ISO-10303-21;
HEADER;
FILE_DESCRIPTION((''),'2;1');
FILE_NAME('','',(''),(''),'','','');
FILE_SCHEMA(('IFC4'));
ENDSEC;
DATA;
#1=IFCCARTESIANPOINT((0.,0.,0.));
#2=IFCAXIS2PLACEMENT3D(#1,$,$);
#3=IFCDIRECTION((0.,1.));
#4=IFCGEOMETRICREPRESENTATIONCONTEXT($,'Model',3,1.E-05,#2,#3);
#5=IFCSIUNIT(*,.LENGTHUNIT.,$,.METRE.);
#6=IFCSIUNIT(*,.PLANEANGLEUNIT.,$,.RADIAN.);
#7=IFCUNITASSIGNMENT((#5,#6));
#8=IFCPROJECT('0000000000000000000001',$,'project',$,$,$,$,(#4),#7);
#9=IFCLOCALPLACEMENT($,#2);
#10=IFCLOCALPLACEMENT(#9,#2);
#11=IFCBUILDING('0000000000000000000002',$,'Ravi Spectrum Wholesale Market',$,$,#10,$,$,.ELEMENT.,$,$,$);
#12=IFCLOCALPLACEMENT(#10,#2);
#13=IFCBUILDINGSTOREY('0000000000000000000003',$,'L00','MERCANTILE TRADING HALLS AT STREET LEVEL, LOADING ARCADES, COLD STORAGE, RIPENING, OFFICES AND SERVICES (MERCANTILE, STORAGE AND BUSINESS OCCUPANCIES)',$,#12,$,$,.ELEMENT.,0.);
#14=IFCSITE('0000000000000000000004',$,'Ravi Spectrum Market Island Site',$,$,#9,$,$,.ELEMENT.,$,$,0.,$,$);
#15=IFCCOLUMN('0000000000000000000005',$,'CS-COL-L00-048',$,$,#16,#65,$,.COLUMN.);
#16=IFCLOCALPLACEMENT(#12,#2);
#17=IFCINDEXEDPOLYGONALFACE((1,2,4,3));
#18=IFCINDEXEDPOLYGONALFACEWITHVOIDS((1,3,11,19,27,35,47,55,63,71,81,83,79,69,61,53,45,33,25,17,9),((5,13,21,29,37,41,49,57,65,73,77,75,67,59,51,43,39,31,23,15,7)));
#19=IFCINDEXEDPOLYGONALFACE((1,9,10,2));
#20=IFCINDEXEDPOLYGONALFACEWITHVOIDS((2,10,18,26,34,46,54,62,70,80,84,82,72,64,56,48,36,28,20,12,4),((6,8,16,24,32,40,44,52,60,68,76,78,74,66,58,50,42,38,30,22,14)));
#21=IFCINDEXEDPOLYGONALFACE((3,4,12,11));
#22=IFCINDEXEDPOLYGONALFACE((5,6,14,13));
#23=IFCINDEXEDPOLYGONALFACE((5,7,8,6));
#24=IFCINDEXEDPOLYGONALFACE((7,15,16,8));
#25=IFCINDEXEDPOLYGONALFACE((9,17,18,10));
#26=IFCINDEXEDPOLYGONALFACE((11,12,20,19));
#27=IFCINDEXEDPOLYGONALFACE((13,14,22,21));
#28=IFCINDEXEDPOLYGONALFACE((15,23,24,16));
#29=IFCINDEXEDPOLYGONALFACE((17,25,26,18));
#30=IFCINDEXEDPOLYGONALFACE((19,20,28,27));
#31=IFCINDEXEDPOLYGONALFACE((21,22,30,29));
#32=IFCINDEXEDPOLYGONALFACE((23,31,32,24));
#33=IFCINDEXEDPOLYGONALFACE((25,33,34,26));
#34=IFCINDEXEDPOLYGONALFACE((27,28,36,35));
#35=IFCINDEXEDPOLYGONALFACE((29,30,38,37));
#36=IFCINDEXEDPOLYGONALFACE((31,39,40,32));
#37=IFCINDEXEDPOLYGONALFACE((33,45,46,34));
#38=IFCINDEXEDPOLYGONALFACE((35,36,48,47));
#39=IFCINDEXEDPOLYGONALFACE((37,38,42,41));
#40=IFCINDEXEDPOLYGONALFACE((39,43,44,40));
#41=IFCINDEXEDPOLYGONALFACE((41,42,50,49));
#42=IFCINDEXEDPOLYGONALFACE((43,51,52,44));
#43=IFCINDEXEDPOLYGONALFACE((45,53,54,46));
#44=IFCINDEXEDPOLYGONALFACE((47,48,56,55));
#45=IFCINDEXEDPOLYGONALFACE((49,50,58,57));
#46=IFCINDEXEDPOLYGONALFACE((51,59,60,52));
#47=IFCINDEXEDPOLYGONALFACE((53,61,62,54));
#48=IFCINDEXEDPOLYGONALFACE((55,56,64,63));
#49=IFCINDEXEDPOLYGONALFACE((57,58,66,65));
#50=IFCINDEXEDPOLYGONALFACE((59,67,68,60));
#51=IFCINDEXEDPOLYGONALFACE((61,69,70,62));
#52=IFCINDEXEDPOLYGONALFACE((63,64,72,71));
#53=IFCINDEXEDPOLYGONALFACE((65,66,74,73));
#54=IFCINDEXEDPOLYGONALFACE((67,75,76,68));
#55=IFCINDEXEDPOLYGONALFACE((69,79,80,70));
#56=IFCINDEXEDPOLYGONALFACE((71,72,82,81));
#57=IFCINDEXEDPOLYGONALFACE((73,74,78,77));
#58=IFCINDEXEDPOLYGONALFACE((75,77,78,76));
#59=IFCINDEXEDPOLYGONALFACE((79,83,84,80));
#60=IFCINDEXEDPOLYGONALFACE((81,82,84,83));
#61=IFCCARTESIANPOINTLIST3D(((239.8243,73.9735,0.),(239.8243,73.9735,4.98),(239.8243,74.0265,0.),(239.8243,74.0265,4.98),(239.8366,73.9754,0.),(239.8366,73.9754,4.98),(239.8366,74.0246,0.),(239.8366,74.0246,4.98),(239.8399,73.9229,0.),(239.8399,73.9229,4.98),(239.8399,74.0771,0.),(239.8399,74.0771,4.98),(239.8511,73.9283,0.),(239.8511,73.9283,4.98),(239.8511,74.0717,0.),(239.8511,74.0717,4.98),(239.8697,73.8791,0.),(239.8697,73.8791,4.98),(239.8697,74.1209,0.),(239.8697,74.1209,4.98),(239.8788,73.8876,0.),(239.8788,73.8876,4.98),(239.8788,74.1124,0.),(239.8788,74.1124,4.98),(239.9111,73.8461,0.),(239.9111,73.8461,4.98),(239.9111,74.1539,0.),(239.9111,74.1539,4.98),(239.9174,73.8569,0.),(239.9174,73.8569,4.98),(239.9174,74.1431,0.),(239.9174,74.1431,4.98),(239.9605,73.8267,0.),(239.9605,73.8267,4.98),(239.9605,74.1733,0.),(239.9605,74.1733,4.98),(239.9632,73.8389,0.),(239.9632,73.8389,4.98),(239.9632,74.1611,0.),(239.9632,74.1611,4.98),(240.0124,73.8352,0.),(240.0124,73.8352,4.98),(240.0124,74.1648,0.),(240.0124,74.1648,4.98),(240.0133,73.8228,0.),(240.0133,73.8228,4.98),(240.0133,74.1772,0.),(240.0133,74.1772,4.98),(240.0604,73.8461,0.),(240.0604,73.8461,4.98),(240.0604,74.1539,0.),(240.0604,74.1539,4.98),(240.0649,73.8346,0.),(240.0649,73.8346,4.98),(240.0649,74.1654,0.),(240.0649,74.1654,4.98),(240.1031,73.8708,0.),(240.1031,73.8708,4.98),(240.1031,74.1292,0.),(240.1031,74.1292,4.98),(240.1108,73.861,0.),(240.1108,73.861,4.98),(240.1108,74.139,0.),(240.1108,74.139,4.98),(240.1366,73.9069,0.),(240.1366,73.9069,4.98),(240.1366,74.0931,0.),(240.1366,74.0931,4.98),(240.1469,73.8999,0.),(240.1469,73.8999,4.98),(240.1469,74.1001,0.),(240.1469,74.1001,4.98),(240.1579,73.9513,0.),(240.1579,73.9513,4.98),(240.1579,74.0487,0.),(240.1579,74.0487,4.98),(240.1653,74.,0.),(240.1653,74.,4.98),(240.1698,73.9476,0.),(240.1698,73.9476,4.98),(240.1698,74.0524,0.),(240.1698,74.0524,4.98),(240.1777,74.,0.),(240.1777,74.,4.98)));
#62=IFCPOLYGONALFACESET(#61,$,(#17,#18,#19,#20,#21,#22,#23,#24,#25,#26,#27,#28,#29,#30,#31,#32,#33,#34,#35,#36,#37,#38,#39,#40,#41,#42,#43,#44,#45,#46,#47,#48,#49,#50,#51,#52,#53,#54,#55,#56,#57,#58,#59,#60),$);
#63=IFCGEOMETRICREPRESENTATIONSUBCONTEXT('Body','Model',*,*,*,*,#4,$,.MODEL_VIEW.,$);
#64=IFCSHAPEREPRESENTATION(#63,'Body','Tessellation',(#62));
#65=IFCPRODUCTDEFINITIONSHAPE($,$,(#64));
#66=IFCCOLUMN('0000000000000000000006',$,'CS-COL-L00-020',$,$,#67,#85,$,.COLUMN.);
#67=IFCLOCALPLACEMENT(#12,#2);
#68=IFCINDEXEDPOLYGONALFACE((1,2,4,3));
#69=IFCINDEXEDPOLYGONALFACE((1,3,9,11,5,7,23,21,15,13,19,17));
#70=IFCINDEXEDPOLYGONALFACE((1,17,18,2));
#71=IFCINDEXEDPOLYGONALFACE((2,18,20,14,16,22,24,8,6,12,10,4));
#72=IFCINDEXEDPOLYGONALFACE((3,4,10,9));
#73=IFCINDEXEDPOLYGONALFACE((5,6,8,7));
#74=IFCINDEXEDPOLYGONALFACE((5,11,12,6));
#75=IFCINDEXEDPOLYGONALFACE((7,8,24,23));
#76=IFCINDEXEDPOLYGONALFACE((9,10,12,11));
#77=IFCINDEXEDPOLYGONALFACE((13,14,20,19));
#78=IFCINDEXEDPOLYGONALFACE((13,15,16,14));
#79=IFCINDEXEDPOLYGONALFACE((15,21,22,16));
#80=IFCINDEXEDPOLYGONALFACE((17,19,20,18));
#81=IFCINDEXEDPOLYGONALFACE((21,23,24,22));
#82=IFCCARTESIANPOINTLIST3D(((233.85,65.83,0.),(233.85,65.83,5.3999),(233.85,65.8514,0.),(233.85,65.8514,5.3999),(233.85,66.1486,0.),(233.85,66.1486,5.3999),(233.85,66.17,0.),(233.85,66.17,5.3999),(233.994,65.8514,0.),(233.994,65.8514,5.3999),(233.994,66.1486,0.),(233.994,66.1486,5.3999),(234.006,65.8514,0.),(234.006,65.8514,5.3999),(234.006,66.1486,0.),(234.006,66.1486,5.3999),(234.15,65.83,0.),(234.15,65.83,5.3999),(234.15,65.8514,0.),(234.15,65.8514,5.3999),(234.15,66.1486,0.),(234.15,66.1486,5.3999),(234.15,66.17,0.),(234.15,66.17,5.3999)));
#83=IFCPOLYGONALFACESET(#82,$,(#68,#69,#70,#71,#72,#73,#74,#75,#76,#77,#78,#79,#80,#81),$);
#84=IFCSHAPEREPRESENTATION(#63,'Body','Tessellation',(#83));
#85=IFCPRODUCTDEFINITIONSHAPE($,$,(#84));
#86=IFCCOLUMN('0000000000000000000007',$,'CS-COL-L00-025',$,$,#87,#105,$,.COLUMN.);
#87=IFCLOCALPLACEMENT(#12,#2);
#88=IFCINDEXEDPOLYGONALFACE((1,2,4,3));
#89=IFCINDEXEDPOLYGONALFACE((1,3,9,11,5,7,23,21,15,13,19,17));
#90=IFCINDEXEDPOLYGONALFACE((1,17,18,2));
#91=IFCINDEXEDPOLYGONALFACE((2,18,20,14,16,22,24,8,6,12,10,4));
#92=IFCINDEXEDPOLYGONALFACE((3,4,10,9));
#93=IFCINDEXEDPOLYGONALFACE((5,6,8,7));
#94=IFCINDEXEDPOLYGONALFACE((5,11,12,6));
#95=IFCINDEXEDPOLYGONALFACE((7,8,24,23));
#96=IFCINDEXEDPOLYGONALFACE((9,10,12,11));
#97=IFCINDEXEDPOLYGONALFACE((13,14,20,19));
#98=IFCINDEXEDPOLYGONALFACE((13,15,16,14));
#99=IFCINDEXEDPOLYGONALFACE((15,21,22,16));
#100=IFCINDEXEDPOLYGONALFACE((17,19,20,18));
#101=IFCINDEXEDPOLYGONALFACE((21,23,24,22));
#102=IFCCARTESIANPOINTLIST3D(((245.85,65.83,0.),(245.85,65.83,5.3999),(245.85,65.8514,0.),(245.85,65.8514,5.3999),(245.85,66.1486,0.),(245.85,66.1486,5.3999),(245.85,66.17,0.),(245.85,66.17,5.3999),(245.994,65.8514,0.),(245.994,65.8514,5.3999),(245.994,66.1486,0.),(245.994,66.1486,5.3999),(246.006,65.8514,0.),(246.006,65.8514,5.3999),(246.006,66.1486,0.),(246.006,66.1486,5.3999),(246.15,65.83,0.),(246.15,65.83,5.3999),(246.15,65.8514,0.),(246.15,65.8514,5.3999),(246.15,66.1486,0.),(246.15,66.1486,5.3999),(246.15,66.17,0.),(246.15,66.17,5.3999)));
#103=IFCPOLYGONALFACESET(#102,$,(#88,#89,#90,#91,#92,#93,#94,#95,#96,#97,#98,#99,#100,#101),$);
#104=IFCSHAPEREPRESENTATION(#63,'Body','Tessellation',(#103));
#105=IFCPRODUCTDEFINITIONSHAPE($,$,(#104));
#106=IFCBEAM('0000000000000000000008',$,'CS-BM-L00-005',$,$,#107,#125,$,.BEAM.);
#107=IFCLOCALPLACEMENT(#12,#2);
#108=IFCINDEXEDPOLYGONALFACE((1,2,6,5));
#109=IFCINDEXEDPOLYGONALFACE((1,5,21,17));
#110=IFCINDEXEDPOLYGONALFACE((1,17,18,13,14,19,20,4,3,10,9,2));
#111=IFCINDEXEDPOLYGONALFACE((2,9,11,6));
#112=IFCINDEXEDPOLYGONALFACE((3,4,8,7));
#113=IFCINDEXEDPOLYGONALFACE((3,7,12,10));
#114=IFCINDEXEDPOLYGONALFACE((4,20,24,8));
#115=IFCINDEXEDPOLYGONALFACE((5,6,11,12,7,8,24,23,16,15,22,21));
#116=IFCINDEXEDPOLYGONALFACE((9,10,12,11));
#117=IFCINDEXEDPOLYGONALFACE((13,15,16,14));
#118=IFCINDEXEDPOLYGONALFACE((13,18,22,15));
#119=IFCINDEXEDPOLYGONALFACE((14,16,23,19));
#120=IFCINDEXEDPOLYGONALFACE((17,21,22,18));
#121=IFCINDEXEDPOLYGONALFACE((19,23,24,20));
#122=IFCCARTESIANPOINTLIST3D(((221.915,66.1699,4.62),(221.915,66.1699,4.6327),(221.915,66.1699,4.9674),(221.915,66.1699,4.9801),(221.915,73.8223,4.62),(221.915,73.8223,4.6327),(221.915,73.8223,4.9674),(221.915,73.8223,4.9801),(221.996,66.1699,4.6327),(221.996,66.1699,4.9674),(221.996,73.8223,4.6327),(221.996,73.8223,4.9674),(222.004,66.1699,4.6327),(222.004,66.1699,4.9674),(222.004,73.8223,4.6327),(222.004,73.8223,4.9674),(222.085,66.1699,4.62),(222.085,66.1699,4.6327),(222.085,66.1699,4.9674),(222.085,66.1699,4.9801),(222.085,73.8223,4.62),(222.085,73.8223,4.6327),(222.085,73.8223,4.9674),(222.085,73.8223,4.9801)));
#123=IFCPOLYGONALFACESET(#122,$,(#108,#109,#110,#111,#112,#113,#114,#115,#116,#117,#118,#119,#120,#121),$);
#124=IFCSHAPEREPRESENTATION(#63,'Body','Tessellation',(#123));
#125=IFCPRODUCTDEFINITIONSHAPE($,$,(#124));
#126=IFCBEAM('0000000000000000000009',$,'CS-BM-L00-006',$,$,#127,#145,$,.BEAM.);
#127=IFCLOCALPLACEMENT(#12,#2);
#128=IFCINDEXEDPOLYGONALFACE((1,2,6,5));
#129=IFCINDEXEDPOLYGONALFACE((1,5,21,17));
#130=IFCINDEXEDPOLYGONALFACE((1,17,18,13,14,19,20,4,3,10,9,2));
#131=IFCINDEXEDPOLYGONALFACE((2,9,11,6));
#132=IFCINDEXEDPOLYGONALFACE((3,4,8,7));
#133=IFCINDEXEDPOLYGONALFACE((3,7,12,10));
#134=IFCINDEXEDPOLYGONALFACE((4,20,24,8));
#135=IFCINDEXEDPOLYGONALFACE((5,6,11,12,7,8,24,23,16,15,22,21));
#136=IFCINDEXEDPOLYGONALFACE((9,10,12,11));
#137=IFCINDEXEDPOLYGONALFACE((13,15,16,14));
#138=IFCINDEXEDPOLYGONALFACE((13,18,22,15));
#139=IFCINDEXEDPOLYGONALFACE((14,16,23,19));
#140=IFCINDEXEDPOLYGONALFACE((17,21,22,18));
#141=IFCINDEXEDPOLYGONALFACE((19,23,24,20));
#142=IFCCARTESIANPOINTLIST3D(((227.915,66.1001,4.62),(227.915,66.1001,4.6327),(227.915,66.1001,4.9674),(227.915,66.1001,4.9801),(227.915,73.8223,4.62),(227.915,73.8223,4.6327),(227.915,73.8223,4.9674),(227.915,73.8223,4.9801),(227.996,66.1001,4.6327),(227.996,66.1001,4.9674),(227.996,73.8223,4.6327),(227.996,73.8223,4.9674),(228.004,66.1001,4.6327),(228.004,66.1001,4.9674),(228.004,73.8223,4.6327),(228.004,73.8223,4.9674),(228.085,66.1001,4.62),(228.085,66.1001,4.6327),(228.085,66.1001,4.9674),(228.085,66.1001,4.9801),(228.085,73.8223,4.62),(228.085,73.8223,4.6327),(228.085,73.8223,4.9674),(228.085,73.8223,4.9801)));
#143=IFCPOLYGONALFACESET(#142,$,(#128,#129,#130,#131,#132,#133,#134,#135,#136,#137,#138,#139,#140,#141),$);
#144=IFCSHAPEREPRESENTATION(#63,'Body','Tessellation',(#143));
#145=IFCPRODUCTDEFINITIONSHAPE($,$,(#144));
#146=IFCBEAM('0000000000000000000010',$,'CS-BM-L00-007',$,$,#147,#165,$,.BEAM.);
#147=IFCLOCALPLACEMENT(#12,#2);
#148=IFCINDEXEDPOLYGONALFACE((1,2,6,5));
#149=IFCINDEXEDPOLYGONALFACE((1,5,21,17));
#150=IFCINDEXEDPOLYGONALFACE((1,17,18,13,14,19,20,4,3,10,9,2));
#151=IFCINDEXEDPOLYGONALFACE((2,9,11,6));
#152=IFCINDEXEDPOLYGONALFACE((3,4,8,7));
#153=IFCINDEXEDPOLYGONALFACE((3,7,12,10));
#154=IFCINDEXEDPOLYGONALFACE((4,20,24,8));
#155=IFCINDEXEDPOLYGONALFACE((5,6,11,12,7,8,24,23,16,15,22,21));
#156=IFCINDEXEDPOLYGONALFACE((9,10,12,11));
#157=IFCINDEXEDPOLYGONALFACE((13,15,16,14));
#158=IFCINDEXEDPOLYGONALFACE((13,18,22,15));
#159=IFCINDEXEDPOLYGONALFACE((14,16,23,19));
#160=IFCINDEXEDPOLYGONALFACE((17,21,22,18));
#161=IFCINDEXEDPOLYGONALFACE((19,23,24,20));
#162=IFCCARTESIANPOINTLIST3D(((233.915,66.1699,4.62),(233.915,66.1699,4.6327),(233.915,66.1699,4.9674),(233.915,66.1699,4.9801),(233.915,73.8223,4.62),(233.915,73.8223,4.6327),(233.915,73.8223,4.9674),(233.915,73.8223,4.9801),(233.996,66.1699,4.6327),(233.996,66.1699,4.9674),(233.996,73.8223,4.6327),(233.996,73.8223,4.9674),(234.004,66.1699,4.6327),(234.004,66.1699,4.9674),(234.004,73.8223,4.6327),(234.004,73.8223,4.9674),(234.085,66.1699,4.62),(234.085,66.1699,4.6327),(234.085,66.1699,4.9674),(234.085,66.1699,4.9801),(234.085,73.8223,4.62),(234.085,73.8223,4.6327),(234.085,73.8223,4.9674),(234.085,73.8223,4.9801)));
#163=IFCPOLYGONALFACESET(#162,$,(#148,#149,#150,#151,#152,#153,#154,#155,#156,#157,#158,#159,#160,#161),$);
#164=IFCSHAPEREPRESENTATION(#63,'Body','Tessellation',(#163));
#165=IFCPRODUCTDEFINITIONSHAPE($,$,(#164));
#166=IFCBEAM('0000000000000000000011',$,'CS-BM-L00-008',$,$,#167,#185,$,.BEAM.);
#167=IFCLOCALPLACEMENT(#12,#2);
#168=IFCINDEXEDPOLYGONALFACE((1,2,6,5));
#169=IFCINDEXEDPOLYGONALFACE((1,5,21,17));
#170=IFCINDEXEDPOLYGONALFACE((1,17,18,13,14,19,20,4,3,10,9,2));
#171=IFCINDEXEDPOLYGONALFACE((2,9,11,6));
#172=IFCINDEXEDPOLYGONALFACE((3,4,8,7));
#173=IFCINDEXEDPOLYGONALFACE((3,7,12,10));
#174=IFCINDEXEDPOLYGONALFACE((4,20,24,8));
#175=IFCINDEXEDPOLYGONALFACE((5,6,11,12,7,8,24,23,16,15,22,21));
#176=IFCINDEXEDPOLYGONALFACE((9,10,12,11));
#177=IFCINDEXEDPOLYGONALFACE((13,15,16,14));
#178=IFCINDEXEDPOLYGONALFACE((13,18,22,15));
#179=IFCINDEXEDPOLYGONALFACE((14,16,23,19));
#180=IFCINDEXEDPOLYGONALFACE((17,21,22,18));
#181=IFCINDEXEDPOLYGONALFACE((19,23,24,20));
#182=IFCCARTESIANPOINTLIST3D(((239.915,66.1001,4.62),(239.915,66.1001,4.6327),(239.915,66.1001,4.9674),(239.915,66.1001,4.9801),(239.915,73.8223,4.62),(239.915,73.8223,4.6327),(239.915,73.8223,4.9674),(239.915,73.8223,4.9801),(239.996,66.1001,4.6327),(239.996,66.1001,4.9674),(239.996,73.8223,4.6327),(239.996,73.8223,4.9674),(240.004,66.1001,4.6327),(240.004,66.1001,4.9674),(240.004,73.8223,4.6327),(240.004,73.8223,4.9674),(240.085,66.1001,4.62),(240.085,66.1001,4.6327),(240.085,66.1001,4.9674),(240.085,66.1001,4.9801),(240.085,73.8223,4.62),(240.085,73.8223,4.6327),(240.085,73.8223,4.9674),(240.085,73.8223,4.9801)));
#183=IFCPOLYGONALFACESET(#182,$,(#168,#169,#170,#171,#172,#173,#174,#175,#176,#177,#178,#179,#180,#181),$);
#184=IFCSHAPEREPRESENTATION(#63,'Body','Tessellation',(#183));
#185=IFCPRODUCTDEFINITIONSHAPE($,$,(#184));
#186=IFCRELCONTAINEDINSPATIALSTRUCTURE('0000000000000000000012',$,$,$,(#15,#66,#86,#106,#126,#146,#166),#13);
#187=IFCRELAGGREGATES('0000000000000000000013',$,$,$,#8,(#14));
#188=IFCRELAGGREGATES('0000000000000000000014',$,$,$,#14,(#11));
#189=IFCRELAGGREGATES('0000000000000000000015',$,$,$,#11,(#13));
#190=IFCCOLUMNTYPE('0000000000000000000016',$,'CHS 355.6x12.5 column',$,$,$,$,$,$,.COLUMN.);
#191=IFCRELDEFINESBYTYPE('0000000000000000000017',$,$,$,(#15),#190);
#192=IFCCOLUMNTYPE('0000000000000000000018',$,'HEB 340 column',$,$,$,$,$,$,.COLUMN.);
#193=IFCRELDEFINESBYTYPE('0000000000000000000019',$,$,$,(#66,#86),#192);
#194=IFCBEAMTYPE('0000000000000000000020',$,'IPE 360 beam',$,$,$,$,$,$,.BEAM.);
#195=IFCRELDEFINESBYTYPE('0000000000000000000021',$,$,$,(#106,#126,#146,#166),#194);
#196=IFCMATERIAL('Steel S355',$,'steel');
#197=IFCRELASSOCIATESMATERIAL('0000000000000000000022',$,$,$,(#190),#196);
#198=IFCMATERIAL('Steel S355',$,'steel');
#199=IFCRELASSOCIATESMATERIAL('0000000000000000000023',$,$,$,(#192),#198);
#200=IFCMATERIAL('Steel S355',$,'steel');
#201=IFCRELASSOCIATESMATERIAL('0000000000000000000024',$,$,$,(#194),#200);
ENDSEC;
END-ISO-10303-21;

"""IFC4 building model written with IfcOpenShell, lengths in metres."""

from ifc_helpers import new_model, si_unit, direction, frame, origin, origin_2d, place, context, subcontext, project, spatial, hollow_circle, i_section, extrude, material, material_profile, profile_set, type_object, element, save


model = new_model("IFC4")

# Units and contexts
model_context = context("Model", 3, precision=1e-05, world=origin(), true_north=direction((0.0, 1.0)))
body_context = subcontext(model_context, "Body", "Model", "MODEL_VIEW")
ifc_project = project(units=[si_unit("LENGTHUNIT", "METRE"), si_unit("PLANEANGLEUNIT", "RADIAN")], contexts=[model_context])

# Site, building, storey
site_placement = place(None, origin())
site = spatial("IfcSite", under=ifc_project, at=site_placement, Name="Ravi Spectrum Market Island Site", CompositionType="ELEMENT", RefElevation=0.0)
building_placement = place(site_placement, origin())
building = spatial("IfcBuilding", under=site, at=building_placement, Name="Ravi Spectrum Wholesale Market", CompositionType="ELEMENT")
storey_placement = place(building_placement, origin())
storey = spatial("IfcBuildingStorey", under=building, at=storey_placement, Name="L00", Description="MERCANTILE TRADING HALLS AT STREET LEVEL, LOADING ARCADES, COLD STORAGE, RIPENING, OFFICES AND SERVICES (MERCANTILE, STORAGE AND BUSINESS OCCUPANCIES)", CompositionType="ELEMENT", Elevation=0.0)

# Columns
ifc_material_1 = material(Name="Steel S355", Category="steel")
ifc_material_profile_1 = material_profile(ifc_material_1, hollow_circle(Radius=0.1777, WallThickness=0.0125, at=origin_2d()))
ifc_profile_set_1 = profile_set([ifc_material_profile_1], Name="Steel S355")
column_type_1 = type_object("IfcColumnType", Name="CHS 355.6x12.5 column", PredefinedType="COLUMN", material=ifc_profile_set_1)
for number, where, z_axis, x_axis, name in (
    (1, (240.0, 74.0, 0.0), (0.0, 0.0, 1.0), (1.0, 0.0, 0.0), "CS-COL-L00-048"),
):
    element("IfcColumn", number, at=place(storey_placement, frame(where, z_axis=z_axis, x_axis=x_axis)), inside=storey, type_object=column_type_1, Name=name, PredefinedType="COLUMN", context=body_context, shape_type="SweptSolid", body=[
        extrude(hollow_circle(Radius=0.1777, WallThickness=0.0125, at=origin_2d()), origin(), (0.0, 0.0, 1.0), 4.98),
    ])
ifc_material_2 = material(Name="Steel S355", Category="steel")
ifc_material_profile_2 = material_profile(ifc_material_2, i_section(OverallWidth=0.3, OverallDepth=0.3401, WebThickness=0.012, FlangeThickness=0.0215, at=origin_2d()))
ifc_profile_set_2 = profile_set([ifc_material_profile_2], Name="Steel S355")
column_type_2 = type_object("IfcColumnType", Name="HEB 340 column", PredefinedType="COLUMN", material=ifc_profile_set_2)
for number, where, z_axis, x_axis, name in (
    (2, (234.0, 66.0, 0.0), (0.0, 0.0, 1.0), (1.0, 0.0, 0.0), "CS-COL-L00-020"),
    (3, (246.0, 66.0, 0.0), (0.0, 0.0, 1.0), (1.0, 0.0, 0.0), "CS-COL-L00-025"),
):
    element("IfcColumn", number, at=place(storey_placement, frame(where, z_axis=z_axis, x_axis=x_axis)), inside=storey, type_object=column_type_2, Name=name, PredefinedType="COLUMN", context=body_context, shape_type="SweptSolid", body=[
        extrude(i_section(OverallWidth=0.3, OverallDepth=0.3401, WebThickness=0.012, FlangeThickness=0.0215, at=origin_2d()), origin(), (0.0, 0.0, 1.0), 5.3999),
    ])

# Beams
ifc_material_3 = material(Name="Steel S355", Category="steel")
ifc_material_profile_3 = material_profile(ifc_material_3, i_section(OverallWidth=0.1699, OverallDepth=0.3601, WebThickness=0.0081, FlangeThickness=0.0127, at=origin_2d()))
ifc_profile_set_3 = profile_set([ifc_material_profile_3], Name="Steel S355")
beam_type = type_object("IfcBeamType", Name="IPE 360 beam", PredefinedType="BEAM", material=ifc_profile_set_3)
beam_1_placement = place(storey_placement, frame((222.0, 66.1699, 4.8), z_axis=(0.0, 1.0, 0.0), x_axis=(-1.0, 0.0, 0.0)))
element("IfcBeam", 4, at=beam_1_placement, inside=storey, type_object=beam_type, Name="CS-BM-L00-005", PredefinedType="BEAM", context=body_context, shape_type="SweptSolid", body=[
    extrude(i_section(OverallWidth=0.1699, OverallDepth=0.3601, WebThickness=0.0081, FlangeThickness=0.0127, at=origin_2d()), origin(), (0.0, 0.0, 1.0), 7.6523),
])
beam_2_placement = place(storey_placement, frame((228.0, 66.1001, 4.8), z_axis=(0.0, 1.0, 0.0), x_axis=(-1.0, 0.0, 0.0)))
element("IfcBeam", 5, at=beam_2_placement, inside=storey, type_object=beam_type, Name="CS-BM-L00-006", PredefinedType="BEAM", context=body_context, shape_type="SweptSolid", body=[
    extrude(i_section(OverallWidth=0.1699, OverallDepth=0.3601, WebThickness=0.0081, FlangeThickness=0.0127, at=origin_2d()), origin(), (0.0, 0.0, 1.0), 7.7222),
])
beam_3_placement = place(storey_placement, frame((234.0, 66.1699, 4.8), z_axis=(0.0, 1.0, 0.0), x_axis=(-1.0, 0.0, 0.0)))
element("IfcBeam", 6, at=beam_3_placement, inside=storey, type_object=beam_type, Name="CS-BM-L00-007", PredefinedType="BEAM", context=body_context, shape_type="SweptSolid", body=[
    extrude(i_section(OverallWidth=0.1699, OverallDepth=0.3601, WebThickness=0.0081, FlangeThickness=0.0127, at=origin_2d()), origin(), (0.0, 0.0, 1.0), 7.6523),
])
beam_4_placement = place(storey_placement, frame((240.0, 66.1001, 4.8), z_axis=(0.0, 1.0, 0.0), x_axis=(-1.0, 0.0, 0.0)))
element("IfcBeam", 7, at=beam_4_placement, inside=storey, type_object=beam_type, Name="CS-BM-L00-008", PredefinedType="BEAM", context=body_context, shape_type="SweptSolid", body=[
    extrude(i_section(OverallWidth=0.1699, OverallDepth=0.3601, WebThickness=0.0081, FlangeThickness=0.0127, at=origin_2d()), origin(), (0.0, 0.0, 1.0), 7.7222),
])

save(model, "model.ifc")
